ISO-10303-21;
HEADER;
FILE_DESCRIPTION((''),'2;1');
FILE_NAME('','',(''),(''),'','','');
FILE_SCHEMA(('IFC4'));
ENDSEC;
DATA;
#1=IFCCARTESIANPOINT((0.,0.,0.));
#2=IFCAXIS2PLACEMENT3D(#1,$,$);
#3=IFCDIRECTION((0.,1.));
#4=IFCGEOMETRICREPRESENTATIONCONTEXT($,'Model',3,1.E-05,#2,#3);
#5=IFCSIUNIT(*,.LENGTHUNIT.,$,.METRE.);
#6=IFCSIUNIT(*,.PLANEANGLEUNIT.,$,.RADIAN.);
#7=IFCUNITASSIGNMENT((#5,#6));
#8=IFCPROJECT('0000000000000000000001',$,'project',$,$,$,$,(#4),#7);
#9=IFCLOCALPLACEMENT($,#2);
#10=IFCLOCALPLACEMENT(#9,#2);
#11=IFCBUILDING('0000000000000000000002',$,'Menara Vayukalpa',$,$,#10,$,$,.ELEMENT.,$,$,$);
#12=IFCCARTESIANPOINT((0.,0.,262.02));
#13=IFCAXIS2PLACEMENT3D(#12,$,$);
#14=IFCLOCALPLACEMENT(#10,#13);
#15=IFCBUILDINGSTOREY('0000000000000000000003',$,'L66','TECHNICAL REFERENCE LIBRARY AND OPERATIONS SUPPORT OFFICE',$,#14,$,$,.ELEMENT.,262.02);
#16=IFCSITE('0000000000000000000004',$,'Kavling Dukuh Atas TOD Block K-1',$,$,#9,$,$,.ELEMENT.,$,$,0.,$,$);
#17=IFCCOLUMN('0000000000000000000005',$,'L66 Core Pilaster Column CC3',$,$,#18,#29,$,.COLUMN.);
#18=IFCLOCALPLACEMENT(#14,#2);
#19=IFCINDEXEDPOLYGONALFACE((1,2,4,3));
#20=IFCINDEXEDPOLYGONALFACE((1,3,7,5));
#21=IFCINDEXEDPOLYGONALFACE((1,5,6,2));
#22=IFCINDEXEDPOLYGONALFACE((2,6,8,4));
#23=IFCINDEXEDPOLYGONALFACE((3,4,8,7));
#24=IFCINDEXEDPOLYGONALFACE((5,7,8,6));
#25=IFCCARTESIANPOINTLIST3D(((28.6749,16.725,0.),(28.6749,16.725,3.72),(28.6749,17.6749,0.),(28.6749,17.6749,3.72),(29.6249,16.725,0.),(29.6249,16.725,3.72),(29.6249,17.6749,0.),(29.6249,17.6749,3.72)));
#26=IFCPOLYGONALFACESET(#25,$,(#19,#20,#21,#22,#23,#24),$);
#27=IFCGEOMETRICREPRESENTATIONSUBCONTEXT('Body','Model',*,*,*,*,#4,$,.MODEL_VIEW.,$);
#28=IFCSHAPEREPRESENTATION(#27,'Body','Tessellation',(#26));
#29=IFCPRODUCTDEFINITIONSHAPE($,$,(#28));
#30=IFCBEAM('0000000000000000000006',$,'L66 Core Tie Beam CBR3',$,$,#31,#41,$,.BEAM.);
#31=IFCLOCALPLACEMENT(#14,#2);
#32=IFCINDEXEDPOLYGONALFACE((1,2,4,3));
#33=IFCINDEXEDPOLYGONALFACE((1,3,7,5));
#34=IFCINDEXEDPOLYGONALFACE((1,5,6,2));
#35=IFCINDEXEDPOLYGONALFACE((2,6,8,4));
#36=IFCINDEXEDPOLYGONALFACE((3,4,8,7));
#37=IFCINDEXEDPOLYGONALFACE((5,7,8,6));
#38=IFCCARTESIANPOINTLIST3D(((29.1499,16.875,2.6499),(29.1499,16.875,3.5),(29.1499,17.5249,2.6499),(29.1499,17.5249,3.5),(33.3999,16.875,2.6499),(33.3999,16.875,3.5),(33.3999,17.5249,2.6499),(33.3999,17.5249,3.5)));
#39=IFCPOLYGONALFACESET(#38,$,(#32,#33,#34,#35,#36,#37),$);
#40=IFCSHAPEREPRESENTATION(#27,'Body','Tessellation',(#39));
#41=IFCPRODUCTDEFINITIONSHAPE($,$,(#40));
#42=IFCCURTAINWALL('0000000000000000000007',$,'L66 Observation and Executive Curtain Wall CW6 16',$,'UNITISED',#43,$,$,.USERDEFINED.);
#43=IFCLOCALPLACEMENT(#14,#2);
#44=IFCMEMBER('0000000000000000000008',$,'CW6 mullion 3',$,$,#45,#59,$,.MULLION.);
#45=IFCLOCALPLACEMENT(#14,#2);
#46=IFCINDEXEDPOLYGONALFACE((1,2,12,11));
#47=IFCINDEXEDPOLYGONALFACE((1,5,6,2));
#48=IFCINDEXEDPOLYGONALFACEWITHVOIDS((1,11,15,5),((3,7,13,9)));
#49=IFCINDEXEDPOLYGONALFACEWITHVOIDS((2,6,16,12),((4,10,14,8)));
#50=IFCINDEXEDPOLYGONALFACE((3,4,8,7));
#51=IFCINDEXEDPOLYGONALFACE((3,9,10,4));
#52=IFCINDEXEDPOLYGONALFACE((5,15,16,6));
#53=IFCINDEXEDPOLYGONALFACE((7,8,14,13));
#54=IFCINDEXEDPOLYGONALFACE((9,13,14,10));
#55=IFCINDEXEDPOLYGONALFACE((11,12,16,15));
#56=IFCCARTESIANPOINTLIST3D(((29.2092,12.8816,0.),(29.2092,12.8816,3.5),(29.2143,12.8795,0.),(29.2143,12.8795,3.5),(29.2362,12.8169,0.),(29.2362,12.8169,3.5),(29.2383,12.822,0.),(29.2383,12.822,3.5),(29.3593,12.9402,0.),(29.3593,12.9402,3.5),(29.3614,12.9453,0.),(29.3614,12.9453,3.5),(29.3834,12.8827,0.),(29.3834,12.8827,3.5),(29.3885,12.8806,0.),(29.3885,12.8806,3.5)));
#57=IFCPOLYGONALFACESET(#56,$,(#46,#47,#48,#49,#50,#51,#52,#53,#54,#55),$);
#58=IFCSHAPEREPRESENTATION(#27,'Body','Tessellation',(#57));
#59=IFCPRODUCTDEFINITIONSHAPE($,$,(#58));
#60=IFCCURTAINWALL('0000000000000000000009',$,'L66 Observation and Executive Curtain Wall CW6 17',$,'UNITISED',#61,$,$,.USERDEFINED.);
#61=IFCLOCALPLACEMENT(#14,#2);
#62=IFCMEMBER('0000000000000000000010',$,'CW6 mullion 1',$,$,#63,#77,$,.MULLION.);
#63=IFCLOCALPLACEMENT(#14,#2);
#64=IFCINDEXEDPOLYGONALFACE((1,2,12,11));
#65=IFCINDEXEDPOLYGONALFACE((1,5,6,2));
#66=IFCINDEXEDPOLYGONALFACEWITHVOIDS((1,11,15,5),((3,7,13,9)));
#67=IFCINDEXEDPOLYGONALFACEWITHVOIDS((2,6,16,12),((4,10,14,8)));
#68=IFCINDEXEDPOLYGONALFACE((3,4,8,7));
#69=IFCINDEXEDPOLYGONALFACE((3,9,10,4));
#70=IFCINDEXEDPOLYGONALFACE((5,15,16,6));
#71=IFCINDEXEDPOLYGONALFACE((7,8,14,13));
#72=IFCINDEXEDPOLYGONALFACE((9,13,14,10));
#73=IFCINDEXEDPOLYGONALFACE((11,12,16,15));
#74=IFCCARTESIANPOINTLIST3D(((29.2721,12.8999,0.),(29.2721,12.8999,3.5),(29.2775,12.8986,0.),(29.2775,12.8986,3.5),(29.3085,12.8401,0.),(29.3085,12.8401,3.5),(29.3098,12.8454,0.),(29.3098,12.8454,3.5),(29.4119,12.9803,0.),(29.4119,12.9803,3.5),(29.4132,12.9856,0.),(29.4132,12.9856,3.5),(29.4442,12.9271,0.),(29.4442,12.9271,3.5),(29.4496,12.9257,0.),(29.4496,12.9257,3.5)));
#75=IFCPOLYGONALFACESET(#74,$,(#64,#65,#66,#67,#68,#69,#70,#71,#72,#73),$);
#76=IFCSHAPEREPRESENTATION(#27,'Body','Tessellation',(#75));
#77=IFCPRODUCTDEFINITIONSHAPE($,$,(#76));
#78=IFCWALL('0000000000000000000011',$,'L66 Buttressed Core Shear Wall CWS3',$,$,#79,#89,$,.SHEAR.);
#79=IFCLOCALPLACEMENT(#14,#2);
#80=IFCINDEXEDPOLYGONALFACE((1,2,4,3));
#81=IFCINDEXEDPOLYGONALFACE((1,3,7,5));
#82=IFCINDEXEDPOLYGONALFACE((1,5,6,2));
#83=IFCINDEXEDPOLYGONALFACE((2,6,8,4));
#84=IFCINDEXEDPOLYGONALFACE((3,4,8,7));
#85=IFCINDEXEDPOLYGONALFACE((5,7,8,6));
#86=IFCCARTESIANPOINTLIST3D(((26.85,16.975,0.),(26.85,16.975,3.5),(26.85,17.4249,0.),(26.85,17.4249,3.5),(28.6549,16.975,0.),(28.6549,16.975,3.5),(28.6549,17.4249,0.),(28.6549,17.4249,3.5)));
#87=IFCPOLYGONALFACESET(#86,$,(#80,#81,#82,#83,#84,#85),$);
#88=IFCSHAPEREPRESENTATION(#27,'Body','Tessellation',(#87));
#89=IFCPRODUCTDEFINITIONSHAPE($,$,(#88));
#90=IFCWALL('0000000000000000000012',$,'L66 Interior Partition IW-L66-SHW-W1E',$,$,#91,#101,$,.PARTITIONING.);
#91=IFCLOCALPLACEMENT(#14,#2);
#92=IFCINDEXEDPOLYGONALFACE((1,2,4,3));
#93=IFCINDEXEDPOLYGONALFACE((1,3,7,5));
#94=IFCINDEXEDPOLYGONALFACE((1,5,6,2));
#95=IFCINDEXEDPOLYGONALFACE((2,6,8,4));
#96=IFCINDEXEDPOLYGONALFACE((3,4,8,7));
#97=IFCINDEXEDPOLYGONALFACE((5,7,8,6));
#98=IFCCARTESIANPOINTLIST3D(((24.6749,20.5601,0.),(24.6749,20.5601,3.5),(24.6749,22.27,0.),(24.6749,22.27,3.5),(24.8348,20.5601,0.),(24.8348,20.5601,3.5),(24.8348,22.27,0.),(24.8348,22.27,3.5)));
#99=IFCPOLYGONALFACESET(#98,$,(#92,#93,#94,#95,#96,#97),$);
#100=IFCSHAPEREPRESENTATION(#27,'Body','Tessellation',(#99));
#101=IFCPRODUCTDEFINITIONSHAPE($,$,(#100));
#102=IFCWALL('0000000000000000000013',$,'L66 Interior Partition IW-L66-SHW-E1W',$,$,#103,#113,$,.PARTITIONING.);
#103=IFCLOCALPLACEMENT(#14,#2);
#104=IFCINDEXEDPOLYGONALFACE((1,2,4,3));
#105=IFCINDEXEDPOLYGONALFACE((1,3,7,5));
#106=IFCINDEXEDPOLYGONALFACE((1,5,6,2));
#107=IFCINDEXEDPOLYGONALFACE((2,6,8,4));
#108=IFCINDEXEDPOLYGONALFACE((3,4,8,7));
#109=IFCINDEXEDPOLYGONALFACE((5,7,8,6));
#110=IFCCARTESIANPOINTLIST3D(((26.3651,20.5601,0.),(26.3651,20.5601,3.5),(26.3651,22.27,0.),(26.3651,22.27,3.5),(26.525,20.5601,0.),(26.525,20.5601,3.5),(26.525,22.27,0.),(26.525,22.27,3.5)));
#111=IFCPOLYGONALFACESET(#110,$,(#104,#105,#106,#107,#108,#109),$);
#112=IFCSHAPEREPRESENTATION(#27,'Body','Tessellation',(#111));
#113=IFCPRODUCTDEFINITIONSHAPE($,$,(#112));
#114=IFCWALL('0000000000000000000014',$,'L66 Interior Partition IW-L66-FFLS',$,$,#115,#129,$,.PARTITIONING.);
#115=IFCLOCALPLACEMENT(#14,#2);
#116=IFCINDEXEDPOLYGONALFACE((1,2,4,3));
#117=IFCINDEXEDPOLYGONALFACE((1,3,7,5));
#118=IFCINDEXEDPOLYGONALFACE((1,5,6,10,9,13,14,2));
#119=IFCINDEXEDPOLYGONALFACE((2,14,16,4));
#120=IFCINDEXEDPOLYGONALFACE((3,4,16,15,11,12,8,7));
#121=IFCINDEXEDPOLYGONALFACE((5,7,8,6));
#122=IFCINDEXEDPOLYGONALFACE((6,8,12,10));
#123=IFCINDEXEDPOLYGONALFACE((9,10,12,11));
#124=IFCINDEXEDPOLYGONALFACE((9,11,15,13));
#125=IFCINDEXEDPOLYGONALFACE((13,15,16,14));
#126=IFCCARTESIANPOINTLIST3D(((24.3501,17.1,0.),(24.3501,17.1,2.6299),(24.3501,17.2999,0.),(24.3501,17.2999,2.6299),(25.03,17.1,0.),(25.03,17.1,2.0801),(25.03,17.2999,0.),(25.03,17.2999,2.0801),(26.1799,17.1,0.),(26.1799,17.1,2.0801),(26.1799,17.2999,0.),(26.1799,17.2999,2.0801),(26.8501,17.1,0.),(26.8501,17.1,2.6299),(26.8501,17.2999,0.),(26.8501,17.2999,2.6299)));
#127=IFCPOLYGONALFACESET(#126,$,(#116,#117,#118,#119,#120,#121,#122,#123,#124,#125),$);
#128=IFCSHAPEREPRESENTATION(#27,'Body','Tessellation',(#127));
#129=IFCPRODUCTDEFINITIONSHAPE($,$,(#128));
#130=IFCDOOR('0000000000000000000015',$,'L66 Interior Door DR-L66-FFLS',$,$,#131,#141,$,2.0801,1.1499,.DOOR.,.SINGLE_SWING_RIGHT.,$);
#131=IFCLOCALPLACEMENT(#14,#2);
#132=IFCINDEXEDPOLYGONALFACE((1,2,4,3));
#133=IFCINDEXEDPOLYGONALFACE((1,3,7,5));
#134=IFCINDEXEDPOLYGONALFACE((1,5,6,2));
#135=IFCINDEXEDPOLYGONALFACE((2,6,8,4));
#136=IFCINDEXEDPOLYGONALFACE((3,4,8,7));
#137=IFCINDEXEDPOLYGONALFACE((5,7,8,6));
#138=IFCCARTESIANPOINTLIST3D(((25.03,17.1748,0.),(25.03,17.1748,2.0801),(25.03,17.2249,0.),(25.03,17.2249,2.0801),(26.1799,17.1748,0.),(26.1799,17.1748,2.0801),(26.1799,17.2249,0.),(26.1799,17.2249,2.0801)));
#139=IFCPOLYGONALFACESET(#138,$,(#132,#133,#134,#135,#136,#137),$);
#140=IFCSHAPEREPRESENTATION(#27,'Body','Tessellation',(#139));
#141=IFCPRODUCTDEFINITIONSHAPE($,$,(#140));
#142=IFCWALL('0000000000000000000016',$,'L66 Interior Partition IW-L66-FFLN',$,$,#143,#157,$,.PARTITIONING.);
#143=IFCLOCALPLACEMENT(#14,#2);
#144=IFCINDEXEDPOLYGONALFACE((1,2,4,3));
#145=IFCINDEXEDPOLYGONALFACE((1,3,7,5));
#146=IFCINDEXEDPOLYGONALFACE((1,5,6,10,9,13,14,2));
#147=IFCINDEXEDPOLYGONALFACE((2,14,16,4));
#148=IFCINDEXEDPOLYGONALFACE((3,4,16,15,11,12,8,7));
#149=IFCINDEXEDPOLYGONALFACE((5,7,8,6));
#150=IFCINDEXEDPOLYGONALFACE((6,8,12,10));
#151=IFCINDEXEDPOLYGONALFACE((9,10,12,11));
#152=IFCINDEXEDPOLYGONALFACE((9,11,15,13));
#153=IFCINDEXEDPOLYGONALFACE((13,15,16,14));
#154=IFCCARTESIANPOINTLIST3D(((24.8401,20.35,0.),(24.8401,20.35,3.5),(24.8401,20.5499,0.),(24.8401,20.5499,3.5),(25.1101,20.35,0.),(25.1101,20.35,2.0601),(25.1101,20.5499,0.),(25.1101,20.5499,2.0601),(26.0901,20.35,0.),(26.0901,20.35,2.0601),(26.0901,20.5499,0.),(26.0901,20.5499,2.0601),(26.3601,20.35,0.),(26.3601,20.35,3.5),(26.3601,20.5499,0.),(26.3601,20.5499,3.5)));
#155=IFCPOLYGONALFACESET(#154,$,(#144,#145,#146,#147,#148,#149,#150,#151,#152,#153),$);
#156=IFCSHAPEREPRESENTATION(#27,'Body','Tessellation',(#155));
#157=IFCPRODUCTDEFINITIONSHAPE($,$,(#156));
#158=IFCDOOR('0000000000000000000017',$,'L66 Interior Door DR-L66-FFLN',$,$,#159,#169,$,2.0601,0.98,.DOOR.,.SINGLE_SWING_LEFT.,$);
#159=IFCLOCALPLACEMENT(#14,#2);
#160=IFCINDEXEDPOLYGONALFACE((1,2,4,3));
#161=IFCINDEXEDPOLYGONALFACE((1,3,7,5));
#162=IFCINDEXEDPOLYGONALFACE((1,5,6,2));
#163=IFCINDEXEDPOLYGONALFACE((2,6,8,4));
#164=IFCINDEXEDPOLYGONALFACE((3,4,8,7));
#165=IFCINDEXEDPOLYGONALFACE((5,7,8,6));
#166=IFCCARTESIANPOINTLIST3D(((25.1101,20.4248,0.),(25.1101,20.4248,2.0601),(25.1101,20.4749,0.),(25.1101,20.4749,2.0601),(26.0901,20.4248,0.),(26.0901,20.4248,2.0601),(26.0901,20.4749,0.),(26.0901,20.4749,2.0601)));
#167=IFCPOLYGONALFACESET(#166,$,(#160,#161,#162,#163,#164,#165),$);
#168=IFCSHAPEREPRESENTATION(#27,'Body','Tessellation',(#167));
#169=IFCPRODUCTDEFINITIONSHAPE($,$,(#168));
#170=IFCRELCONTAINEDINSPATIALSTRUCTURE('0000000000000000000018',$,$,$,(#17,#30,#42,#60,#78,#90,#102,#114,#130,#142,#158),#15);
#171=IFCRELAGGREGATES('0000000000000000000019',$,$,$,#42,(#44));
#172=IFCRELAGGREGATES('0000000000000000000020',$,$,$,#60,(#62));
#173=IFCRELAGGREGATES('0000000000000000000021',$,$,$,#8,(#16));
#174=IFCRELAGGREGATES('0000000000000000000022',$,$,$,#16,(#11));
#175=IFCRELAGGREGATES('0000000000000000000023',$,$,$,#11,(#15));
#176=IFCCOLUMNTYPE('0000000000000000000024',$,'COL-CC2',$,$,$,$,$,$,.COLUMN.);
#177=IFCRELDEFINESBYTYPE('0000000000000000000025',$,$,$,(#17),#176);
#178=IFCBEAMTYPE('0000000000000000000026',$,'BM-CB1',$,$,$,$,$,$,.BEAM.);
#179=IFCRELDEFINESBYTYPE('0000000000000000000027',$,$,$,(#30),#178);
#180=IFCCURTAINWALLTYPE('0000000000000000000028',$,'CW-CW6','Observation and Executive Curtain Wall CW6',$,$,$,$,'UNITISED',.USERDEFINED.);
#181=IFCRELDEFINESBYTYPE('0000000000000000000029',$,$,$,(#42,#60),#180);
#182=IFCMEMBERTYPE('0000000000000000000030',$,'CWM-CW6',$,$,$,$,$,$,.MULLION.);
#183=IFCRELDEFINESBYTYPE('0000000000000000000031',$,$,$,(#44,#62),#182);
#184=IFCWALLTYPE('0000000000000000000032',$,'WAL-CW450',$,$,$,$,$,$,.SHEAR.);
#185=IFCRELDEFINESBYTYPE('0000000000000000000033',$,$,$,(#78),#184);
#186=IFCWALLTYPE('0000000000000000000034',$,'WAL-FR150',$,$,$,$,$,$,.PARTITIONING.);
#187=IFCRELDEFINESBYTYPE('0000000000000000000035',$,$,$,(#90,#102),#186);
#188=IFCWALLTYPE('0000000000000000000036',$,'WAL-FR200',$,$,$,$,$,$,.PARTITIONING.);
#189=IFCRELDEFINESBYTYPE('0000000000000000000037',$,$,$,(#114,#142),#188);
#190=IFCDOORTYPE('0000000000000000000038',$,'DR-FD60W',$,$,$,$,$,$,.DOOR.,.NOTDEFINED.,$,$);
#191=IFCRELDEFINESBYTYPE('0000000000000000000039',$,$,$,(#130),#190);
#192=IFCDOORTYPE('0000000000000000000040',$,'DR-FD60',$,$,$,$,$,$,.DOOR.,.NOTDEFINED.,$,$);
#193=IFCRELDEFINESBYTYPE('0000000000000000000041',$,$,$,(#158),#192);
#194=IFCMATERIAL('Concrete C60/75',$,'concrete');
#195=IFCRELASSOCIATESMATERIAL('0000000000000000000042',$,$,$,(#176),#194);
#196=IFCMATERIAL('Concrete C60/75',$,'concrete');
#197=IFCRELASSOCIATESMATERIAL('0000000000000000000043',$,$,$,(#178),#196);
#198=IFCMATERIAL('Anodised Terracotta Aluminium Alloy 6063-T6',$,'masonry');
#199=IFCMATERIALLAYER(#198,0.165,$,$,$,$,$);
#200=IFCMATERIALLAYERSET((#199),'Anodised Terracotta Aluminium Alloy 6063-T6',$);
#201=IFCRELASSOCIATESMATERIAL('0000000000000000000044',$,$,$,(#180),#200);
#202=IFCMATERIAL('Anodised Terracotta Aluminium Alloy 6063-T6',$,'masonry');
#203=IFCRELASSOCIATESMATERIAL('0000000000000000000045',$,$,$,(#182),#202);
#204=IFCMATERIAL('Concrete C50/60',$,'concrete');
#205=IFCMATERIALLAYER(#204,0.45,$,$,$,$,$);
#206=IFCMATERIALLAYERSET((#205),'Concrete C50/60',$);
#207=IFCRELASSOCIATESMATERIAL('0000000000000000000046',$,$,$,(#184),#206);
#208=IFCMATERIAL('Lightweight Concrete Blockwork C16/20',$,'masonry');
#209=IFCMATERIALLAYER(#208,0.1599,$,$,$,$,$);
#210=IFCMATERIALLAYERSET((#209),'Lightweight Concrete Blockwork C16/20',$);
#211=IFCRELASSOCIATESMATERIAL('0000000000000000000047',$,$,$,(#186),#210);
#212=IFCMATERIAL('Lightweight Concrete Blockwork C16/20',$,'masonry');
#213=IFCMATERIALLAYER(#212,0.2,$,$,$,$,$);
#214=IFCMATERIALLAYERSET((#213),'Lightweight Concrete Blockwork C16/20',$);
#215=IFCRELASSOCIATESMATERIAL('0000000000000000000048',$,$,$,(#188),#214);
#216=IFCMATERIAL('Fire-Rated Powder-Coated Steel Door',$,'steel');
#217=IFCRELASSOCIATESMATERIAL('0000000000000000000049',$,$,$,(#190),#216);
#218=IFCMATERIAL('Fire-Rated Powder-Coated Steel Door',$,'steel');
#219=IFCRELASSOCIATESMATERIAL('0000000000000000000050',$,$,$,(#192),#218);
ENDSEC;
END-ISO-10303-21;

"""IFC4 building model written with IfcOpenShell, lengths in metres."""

from ifc_helpers import new_model, si_unit, direction, frame, frame_2d, origin, origin_2d, place, context, subcontext, project, spatial, rectangle, hollow_rectangle, extrude, material, layer, layer_set, material_profile, profile_set, type_object, element, fill, aggregate, save


model = new_model("IFC4")

# Units and contexts
model_context = context("Model", 3, precision=1e-05, world=origin(), true_north=direction((0.0, 1.0)))
body_context = subcontext(model_context, "Body", "Model", "MODEL_VIEW")
ifc_project = project(units=[si_unit("LENGTHUNIT", "METRE"), si_unit("PLANEANGLEUNIT", "RADIAN")], contexts=[model_context])

# Site, building, storey
site_placement = place(None, origin())
site = spatial("IfcSite", under=ifc_project, at=site_placement, Name="Kavling Dukuh Atas TOD Block K-1", CompositionType="ELEMENT", RefElevation=0.0)
building_placement = place(site_placement, origin())
building = spatial("IfcBuilding", under=site, at=building_placement, Name="Menara Vayukalpa", CompositionType="ELEMENT")
storey_placement = place(building_placement, frame((0.0, 0.0, 262.02)))
storey = spatial("IfcBuildingStorey", under=building, at=storey_placement, Name="L66", Description="TECHNICAL REFERENCE LIBRARY AND OPERATIONS SUPPORT OFFICE", CompositionType="ELEMENT", Elevation=262.02)

# Column
ifc_material_1 = material(Name="Concrete C60/75", Category="concrete")
ifc_material_profile_1 = material_profile(ifc_material_1, rectangle(XDim=0.95, YDim=0.95, at=origin_2d()), Name="RC 950x950")
ifc_profile_set_1 = profile_set([ifc_material_profile_1], Name="Concrete C60/75")
column_type = type_object("IfcColumnType", Name="COL-CC2", PredefinedType="COLUMN", material=ifc_profile_set_1)
column_placement = place(storey_placement, frame((29.1499, 17.2, 0.0), z_axis=(0.0, 0.0, 1.0), x_axis=(1.0, 0.0, 0.0)))
element("IfcColumn", 1, at=column_placement, inside=storey, type_object=column_type, Name="L66 Core Pilaster Column CC3", PredefinedType="COLUMN", context=body_context, shape_type="SweptSolid", body=[
    extrude(rectangle(XDim=0.95, YDim=0.95, at=origin_2d()), origin(), (0.0, 0.0, 1.0), 3.72),
])

# Beam
ifc_material_2 = material(Name="Concrete C60/75", Category="concrete")
ifc_material_profile_2 = material_profile(ifc_material_2, rectangle(XDim=0.6499, YDim=0.8501, at=origin_2d()), Name="RC 650x850")
ifc_profile_set_2 = profile_set([ifc_material_profile_2], Name="Concrete C60/75")
beam_type = type_object("IfcBeamType", Name="BM-CB1", PredefinedType="BEAM", material=ifc_profile_set_2)
beam_placement = place(storey_placement, frame((29.1499, 17.2, 3.075), z_axis=(1.0, 0.0, 0.0), x_axis=(0.0, 1.0, 0.0)))
element("IfcBeam", 2, at=beam_placement, inside=storey, type_object=beam_type, Name="L66 Core Tie Beam CBR3", PredefinedType="BEAM", context=body_context, shape_type="SweptSolid", body=[
    extrude(rectangle(XDim=0.6499, YDim=0.8501, at=origin_2d()), origin(), (0.0, 0.0, 1.0), 4.25),
])

# Curtain walls, members
ifc_material_3 = material(Name="Anodised Terracotta Aluminium Alloy 6063-T6", Category="masonry")
ifc_layer_1 = layer(ifc_material_3, 0.165)
ifc_layer_set_1 = layer_set([ifc_layer_1], Name="Anodised Terracotta Aluminium Alloy 6063-T6")
curtain_wall_type = type_object("IfcCurtainWallType", Name="CW-CW6", Description="Observation and Executive Curtain Wall CW6", ElementType="UNITISED", PredefinedType="USERDEFINED", material=ifc_layer_set_1)
curtain_wall_1_placement = place(storey_placement, origin())
curtain_wall_1 = element("IfcCurtainWall", 3, at=curtain_wall_1_placement, inside=storey, type_object=curtain_wall_type, Name="L66 Observation and Executive Curtain Wall CW6 16", ObjectType="UNITISED", PredefinedType="USERDEFINED")
ifc_material_4 = material(Name="Anodised Terracotta Aluminium Alloy 6063-T6", Category="masonry")
ifc_material_profile_3 = material_profile(ifc_material_4, hollow_rectangle(XDim=0.0701, YDim=0.165, WallThickness=0.0039, at=origin_2d()), Name="ALU 70x165x4")
ifc_profile_set_3 = profile_set([ifc_material_profile_3], Name="Anodised Terracotta Aluminium Alloy 6063-T6")
member_type = type_object("IfcMemberType", Name="CWM-CW6", PredefinedType="MULLION", material=ifc_profile_set_3)
member_1_placement = place(storey_placement, frame((29.2988, 12.8811, 0.0), z_axis=(0.0, 0.0, 1.0), x_axis=(-0.3859, 0.922541, 0.0)))
member_1 = element("IfcMember", 4, at=member_1_placement, type_object=member_type, Name="CW6 mullion 3", PredefinedType="MULLION", context=body_context, shape_type="SweptSolid", body=[
    extrude(hollow_rectangle(XDim=0.0701, YDim=0.165, WallThickness=0.0039, at=origin_2d()), origin(), (0.0, 0.0, 1.0), 3.5),
])
aggregate(curtain_wall_1, [member_1])
curtain_wall_2_placement = place(storey_placement, origin())
curtain_wall_2 = element("IfcCurtainWall", 5, at=curtain_wall_2_placement, inside=storey, type_object=curtain_wall_type, Name="L66 Observation and Executive Curtain Wall CW6 17", ObjectType="UNITISED", PredefinedType="USERDEFINED")
member_2_placement = place(storey_placement, frame((29.3608, 12.9128, 0.0), z_axis=(0.0, 0.0, 1.0), x_axis=(-0.519176, 0.854668, 0.0)))
member_2 = element("IfcMember", 6, at=member_2_placement, type_object=member_type, Name="CW6 mullion 1", PredefinedType="MULLION", context=body_context, shape_type="SweptSolid", body=[
    extrude(hollow_rectangle(XDim=0.0701, YDim=0.165, WallThickness=0.0039, at=origin_2d()), origin(), (0.0, 0.0, 1.0), 3.5),
])
aggregate(curtain_wall_2, [member_2])

# Walls
ifc_material_5 = material(Name="Concrete C50/60", Category="concrete")
ifc_layer_2 = layer(ifc_material_5, 0.45)
ifc_layer_set_2 = layer_set([ifc_layer_2], Name="Concrete C50/60")
wall_type_1 = type_object("IfcWallType", Name="WAL-CW450", PredefinedType="SHEAR", material=ifc_layer_set_2)
wall_1_placement = place(storey_placement, frame((26.8501, 17.2, 0.0), z_axis=(0.0, 0.0, 1.0), x_axis=(1.0, 0.0, 0.0)))
element("IfcWall", 7, at=wall_1_placement, inside=storey, type_object=wall_type_1, Name="L66 Buttressed Core Shear Wall CWS3", PredefinedType="SHEAR", context=body_context, shape_type="SweptSolid", body=[
    extrude(rectangle(XDim=1.8049, YDim=0.45, at=frame_2d((0.9023, 0.0))), origin(), (0.0, 0.0, 1.0), 3.5),
])
ifc_material_6 = material(Name="Lightweight Concrete Blockwork C16/20", Category="masonry")
ifc_layer_3 = layer(ifc_material_6, 0.1599)
ifc_layer_set_3 = layer_set([ifc_layer_3], Name="Lightweight Concrete Blockwork C16/20")
wall_type_2 = type_object("IfcWallType", Name="WAL-FR150", PredefinedType="PARTITIONING", material=ifc_layer_set_3)
for number, where, z_axis, x_axis, name in (
    (8, (24.7549, 20.5601, 0.0), (0.0, 0.0, 1.0), (0.0, 1.0, 0.0), "L66 Interior Partition IW-L66-SHW-W1E"),
    (9, (26.4451, 20.5601, 0.0), (0.0, 0.0, 1.0), (0.0, 1.0, 0.0), "L66 Interior Partition IW-L66-SHW-E1W"),
):
    element("IfcWall", number, at=place(storey_placement, frame(where, z_axis=z_axis, x_axis=x_axis)), inside=storey, type_object=wall_type_2, Name=name, PredefinedType="PARTITIONING", context=body_context, shape_type="SweptSolid", body=[
        extrude(rectangle(XDim=1.71, YDim=0.1599, at=frame_2d((0.855, 0.0))), origin(), (0.0, 0.0, 1.0), 3.5),
    ])

# Walls, openings, doors
ifc_material_7 = material(Name="Lightweight Concrete Blockwork C16/20", Category="masonry")
ifc_layer_4 = layer(ifc_material_7, 0.2)
ifc_layer_set_4 = layer_set([ifc_layer_4], Name="Lightweight Concrete Blockwork C16/20")
wall_type_3 = type_object("IfcWallType", Name="WAL-FR200", PredefinedType="PARTITIONING", material=ifc_layer_set_4)
wall_2_placement = place(storey_placement, frame((24.3501, 17.2, 0.0), z_axis=(0.0, 0.0, 1.0), x_axis=(1.0, 0.0, 0.0)))
wall_2 = element("IfcWall", 10, at=wall_2_placement, inside=storey, type_object=wall_type_3, Name="L66 Interior Partition IW-L66-FFLS", PredefinedType="PARTITIONING", context=body_context, shape_type="SweptSolid", body=[
    extrude(rectangle(XDim=2.5, YDim=0.2, at=frame_2d((1.25, 0.0))), origin(), (0.0, 0.0, 1.0), 2.6299),
])
opening_1_placement = place(wall_2_placement, frame((0.6799, 0.0, 0.0)))
opening_1 = element("IfcOpeningElement", 11, at=opening_1_placement, cuts=wall_2, PredefinedType="OPENING", context=body_context, shape_type="SweptSolid", body=[
    extrude(rectangle(XDim=1.1499, YDim=2.0801, at=frame_2d((0.575, 1.04))), frame((0.0, 0.1099, 0.0), z_axis=(0.0, -1.0, 0.0), x_axis=(1.0, 0.0, 0.0)), (0.0, 0.0, 1.0), 0.22),
])
ifc_material_8 = material(Name="Fire-Rated Powder-Coated Steel Door", Category="steel")
door_type_1 = type_object("IfcDoorType", Name="DR-FD60W", OperationType="NOTDEFINED", PredefinedType="DOOR", material=ifc_material_8)
door_1_placement = place(opening_1_placement, origin())
door_1 = element("IfcDoor", 12, at=door_1_placement, inside=storey, type_object=door_type_1, Name="L66 Interior Door DR-L66-FFLS", OperationType="SINGLE_SWING_RIGHT", OverallHeight=2.0801, OverallWidth=1.1499, PredefinedType="DOOR", context=body_context, shape_type="SweptSolid", body=[
    extrude(rectangle(XDim=1.1499, YDim=2.0801, at=frame_2d((0.575, 1.04))), frame((0.0, 0.0249, 0.0), z_axis=(0.0, -1.0, 0.0), x_axis=(1.0, 0.0, 0.0)), (0.0, 0.0, 1.0), 0.05),
])
fill(opening_1, door_1)
wall_3_placement = place(storey_placement, frame((24.8401, 20.45, 0.0), z_axis=(0.0, 0.0, 1.0), x_axis=(1.0, 0.0, 0.0)))
wall_3 = element("IfcWall", 13, at=wall_3_placement, inside=storey, type_object=wall_type_3, Name="L66 Interior Partition IW-L66-FFLN", PredefinedType="PARTITIONING", context=body_context, shape_type="SweptSolid", body=[
    extrude(rectangle(XDim=1.52, YDim=0.2, at=frame_2d((0.76, 0.0))), origin(), (0.0, 0.0, 1.0), 3.5),
])
opening_2_placement = place(wall_3_placement, frame((0.27, 0.0, 0.0)))
opening_2 = element("IfcOpeningElement", 14, at=opening_2_placement, cuts=wall_3, PredefinedType="OPENING", context=body_context, shape_type="SweptSolid", body=[
    extrude(rectangle(XDim=0.98, YDim=2.0601, at=frame_2d((0.49, 1.03))), frame((0.0, 0.1099, 0.0), z_axis=(0.0, -1.0, 0.0), x_axis=(1.0, 0.0, 0.0)), (0.0, 0.0, 1.0), 0.22),
])
ifc_material_9 = material(Name="Fire-Rated Powder-Coated Steel Door", Category="steel")
door_type_2 = type_object("IfcDoorType", Name="DR-FD60", OperationType="NOTDEFINED", PredefinedType="DOOR", material=ifc_material_9)
door_2_placement = place(opening_2_placement, origin())
door_2 = element("IfcDoor", 15, at=door_2_placement, inside=storey, type_object=door_type_2, Name="L66 Interior Door DR-L66-FFLN", OperationType="SINGLE_SWING_LEFT", OverallHeight=2.0601, OverallWidth=0.98, PredefinedType="DOOR", context=body_context, shape_type="SweptSolid", body=[
    extrude(rectangle(XDim=0.98, YDim=2.0601, at=frame_2d((0.49, 1.03))), frame((0.0, 0.0249, 0.0), z_axis=(0.0, -1.0, 0.0), x_axis=(1.0, 0.0, 0.0)), (0.0, 0.0, 1.0), 0.05),
])
fill(opening_2, door_2)

save(model, "model.ifc")
